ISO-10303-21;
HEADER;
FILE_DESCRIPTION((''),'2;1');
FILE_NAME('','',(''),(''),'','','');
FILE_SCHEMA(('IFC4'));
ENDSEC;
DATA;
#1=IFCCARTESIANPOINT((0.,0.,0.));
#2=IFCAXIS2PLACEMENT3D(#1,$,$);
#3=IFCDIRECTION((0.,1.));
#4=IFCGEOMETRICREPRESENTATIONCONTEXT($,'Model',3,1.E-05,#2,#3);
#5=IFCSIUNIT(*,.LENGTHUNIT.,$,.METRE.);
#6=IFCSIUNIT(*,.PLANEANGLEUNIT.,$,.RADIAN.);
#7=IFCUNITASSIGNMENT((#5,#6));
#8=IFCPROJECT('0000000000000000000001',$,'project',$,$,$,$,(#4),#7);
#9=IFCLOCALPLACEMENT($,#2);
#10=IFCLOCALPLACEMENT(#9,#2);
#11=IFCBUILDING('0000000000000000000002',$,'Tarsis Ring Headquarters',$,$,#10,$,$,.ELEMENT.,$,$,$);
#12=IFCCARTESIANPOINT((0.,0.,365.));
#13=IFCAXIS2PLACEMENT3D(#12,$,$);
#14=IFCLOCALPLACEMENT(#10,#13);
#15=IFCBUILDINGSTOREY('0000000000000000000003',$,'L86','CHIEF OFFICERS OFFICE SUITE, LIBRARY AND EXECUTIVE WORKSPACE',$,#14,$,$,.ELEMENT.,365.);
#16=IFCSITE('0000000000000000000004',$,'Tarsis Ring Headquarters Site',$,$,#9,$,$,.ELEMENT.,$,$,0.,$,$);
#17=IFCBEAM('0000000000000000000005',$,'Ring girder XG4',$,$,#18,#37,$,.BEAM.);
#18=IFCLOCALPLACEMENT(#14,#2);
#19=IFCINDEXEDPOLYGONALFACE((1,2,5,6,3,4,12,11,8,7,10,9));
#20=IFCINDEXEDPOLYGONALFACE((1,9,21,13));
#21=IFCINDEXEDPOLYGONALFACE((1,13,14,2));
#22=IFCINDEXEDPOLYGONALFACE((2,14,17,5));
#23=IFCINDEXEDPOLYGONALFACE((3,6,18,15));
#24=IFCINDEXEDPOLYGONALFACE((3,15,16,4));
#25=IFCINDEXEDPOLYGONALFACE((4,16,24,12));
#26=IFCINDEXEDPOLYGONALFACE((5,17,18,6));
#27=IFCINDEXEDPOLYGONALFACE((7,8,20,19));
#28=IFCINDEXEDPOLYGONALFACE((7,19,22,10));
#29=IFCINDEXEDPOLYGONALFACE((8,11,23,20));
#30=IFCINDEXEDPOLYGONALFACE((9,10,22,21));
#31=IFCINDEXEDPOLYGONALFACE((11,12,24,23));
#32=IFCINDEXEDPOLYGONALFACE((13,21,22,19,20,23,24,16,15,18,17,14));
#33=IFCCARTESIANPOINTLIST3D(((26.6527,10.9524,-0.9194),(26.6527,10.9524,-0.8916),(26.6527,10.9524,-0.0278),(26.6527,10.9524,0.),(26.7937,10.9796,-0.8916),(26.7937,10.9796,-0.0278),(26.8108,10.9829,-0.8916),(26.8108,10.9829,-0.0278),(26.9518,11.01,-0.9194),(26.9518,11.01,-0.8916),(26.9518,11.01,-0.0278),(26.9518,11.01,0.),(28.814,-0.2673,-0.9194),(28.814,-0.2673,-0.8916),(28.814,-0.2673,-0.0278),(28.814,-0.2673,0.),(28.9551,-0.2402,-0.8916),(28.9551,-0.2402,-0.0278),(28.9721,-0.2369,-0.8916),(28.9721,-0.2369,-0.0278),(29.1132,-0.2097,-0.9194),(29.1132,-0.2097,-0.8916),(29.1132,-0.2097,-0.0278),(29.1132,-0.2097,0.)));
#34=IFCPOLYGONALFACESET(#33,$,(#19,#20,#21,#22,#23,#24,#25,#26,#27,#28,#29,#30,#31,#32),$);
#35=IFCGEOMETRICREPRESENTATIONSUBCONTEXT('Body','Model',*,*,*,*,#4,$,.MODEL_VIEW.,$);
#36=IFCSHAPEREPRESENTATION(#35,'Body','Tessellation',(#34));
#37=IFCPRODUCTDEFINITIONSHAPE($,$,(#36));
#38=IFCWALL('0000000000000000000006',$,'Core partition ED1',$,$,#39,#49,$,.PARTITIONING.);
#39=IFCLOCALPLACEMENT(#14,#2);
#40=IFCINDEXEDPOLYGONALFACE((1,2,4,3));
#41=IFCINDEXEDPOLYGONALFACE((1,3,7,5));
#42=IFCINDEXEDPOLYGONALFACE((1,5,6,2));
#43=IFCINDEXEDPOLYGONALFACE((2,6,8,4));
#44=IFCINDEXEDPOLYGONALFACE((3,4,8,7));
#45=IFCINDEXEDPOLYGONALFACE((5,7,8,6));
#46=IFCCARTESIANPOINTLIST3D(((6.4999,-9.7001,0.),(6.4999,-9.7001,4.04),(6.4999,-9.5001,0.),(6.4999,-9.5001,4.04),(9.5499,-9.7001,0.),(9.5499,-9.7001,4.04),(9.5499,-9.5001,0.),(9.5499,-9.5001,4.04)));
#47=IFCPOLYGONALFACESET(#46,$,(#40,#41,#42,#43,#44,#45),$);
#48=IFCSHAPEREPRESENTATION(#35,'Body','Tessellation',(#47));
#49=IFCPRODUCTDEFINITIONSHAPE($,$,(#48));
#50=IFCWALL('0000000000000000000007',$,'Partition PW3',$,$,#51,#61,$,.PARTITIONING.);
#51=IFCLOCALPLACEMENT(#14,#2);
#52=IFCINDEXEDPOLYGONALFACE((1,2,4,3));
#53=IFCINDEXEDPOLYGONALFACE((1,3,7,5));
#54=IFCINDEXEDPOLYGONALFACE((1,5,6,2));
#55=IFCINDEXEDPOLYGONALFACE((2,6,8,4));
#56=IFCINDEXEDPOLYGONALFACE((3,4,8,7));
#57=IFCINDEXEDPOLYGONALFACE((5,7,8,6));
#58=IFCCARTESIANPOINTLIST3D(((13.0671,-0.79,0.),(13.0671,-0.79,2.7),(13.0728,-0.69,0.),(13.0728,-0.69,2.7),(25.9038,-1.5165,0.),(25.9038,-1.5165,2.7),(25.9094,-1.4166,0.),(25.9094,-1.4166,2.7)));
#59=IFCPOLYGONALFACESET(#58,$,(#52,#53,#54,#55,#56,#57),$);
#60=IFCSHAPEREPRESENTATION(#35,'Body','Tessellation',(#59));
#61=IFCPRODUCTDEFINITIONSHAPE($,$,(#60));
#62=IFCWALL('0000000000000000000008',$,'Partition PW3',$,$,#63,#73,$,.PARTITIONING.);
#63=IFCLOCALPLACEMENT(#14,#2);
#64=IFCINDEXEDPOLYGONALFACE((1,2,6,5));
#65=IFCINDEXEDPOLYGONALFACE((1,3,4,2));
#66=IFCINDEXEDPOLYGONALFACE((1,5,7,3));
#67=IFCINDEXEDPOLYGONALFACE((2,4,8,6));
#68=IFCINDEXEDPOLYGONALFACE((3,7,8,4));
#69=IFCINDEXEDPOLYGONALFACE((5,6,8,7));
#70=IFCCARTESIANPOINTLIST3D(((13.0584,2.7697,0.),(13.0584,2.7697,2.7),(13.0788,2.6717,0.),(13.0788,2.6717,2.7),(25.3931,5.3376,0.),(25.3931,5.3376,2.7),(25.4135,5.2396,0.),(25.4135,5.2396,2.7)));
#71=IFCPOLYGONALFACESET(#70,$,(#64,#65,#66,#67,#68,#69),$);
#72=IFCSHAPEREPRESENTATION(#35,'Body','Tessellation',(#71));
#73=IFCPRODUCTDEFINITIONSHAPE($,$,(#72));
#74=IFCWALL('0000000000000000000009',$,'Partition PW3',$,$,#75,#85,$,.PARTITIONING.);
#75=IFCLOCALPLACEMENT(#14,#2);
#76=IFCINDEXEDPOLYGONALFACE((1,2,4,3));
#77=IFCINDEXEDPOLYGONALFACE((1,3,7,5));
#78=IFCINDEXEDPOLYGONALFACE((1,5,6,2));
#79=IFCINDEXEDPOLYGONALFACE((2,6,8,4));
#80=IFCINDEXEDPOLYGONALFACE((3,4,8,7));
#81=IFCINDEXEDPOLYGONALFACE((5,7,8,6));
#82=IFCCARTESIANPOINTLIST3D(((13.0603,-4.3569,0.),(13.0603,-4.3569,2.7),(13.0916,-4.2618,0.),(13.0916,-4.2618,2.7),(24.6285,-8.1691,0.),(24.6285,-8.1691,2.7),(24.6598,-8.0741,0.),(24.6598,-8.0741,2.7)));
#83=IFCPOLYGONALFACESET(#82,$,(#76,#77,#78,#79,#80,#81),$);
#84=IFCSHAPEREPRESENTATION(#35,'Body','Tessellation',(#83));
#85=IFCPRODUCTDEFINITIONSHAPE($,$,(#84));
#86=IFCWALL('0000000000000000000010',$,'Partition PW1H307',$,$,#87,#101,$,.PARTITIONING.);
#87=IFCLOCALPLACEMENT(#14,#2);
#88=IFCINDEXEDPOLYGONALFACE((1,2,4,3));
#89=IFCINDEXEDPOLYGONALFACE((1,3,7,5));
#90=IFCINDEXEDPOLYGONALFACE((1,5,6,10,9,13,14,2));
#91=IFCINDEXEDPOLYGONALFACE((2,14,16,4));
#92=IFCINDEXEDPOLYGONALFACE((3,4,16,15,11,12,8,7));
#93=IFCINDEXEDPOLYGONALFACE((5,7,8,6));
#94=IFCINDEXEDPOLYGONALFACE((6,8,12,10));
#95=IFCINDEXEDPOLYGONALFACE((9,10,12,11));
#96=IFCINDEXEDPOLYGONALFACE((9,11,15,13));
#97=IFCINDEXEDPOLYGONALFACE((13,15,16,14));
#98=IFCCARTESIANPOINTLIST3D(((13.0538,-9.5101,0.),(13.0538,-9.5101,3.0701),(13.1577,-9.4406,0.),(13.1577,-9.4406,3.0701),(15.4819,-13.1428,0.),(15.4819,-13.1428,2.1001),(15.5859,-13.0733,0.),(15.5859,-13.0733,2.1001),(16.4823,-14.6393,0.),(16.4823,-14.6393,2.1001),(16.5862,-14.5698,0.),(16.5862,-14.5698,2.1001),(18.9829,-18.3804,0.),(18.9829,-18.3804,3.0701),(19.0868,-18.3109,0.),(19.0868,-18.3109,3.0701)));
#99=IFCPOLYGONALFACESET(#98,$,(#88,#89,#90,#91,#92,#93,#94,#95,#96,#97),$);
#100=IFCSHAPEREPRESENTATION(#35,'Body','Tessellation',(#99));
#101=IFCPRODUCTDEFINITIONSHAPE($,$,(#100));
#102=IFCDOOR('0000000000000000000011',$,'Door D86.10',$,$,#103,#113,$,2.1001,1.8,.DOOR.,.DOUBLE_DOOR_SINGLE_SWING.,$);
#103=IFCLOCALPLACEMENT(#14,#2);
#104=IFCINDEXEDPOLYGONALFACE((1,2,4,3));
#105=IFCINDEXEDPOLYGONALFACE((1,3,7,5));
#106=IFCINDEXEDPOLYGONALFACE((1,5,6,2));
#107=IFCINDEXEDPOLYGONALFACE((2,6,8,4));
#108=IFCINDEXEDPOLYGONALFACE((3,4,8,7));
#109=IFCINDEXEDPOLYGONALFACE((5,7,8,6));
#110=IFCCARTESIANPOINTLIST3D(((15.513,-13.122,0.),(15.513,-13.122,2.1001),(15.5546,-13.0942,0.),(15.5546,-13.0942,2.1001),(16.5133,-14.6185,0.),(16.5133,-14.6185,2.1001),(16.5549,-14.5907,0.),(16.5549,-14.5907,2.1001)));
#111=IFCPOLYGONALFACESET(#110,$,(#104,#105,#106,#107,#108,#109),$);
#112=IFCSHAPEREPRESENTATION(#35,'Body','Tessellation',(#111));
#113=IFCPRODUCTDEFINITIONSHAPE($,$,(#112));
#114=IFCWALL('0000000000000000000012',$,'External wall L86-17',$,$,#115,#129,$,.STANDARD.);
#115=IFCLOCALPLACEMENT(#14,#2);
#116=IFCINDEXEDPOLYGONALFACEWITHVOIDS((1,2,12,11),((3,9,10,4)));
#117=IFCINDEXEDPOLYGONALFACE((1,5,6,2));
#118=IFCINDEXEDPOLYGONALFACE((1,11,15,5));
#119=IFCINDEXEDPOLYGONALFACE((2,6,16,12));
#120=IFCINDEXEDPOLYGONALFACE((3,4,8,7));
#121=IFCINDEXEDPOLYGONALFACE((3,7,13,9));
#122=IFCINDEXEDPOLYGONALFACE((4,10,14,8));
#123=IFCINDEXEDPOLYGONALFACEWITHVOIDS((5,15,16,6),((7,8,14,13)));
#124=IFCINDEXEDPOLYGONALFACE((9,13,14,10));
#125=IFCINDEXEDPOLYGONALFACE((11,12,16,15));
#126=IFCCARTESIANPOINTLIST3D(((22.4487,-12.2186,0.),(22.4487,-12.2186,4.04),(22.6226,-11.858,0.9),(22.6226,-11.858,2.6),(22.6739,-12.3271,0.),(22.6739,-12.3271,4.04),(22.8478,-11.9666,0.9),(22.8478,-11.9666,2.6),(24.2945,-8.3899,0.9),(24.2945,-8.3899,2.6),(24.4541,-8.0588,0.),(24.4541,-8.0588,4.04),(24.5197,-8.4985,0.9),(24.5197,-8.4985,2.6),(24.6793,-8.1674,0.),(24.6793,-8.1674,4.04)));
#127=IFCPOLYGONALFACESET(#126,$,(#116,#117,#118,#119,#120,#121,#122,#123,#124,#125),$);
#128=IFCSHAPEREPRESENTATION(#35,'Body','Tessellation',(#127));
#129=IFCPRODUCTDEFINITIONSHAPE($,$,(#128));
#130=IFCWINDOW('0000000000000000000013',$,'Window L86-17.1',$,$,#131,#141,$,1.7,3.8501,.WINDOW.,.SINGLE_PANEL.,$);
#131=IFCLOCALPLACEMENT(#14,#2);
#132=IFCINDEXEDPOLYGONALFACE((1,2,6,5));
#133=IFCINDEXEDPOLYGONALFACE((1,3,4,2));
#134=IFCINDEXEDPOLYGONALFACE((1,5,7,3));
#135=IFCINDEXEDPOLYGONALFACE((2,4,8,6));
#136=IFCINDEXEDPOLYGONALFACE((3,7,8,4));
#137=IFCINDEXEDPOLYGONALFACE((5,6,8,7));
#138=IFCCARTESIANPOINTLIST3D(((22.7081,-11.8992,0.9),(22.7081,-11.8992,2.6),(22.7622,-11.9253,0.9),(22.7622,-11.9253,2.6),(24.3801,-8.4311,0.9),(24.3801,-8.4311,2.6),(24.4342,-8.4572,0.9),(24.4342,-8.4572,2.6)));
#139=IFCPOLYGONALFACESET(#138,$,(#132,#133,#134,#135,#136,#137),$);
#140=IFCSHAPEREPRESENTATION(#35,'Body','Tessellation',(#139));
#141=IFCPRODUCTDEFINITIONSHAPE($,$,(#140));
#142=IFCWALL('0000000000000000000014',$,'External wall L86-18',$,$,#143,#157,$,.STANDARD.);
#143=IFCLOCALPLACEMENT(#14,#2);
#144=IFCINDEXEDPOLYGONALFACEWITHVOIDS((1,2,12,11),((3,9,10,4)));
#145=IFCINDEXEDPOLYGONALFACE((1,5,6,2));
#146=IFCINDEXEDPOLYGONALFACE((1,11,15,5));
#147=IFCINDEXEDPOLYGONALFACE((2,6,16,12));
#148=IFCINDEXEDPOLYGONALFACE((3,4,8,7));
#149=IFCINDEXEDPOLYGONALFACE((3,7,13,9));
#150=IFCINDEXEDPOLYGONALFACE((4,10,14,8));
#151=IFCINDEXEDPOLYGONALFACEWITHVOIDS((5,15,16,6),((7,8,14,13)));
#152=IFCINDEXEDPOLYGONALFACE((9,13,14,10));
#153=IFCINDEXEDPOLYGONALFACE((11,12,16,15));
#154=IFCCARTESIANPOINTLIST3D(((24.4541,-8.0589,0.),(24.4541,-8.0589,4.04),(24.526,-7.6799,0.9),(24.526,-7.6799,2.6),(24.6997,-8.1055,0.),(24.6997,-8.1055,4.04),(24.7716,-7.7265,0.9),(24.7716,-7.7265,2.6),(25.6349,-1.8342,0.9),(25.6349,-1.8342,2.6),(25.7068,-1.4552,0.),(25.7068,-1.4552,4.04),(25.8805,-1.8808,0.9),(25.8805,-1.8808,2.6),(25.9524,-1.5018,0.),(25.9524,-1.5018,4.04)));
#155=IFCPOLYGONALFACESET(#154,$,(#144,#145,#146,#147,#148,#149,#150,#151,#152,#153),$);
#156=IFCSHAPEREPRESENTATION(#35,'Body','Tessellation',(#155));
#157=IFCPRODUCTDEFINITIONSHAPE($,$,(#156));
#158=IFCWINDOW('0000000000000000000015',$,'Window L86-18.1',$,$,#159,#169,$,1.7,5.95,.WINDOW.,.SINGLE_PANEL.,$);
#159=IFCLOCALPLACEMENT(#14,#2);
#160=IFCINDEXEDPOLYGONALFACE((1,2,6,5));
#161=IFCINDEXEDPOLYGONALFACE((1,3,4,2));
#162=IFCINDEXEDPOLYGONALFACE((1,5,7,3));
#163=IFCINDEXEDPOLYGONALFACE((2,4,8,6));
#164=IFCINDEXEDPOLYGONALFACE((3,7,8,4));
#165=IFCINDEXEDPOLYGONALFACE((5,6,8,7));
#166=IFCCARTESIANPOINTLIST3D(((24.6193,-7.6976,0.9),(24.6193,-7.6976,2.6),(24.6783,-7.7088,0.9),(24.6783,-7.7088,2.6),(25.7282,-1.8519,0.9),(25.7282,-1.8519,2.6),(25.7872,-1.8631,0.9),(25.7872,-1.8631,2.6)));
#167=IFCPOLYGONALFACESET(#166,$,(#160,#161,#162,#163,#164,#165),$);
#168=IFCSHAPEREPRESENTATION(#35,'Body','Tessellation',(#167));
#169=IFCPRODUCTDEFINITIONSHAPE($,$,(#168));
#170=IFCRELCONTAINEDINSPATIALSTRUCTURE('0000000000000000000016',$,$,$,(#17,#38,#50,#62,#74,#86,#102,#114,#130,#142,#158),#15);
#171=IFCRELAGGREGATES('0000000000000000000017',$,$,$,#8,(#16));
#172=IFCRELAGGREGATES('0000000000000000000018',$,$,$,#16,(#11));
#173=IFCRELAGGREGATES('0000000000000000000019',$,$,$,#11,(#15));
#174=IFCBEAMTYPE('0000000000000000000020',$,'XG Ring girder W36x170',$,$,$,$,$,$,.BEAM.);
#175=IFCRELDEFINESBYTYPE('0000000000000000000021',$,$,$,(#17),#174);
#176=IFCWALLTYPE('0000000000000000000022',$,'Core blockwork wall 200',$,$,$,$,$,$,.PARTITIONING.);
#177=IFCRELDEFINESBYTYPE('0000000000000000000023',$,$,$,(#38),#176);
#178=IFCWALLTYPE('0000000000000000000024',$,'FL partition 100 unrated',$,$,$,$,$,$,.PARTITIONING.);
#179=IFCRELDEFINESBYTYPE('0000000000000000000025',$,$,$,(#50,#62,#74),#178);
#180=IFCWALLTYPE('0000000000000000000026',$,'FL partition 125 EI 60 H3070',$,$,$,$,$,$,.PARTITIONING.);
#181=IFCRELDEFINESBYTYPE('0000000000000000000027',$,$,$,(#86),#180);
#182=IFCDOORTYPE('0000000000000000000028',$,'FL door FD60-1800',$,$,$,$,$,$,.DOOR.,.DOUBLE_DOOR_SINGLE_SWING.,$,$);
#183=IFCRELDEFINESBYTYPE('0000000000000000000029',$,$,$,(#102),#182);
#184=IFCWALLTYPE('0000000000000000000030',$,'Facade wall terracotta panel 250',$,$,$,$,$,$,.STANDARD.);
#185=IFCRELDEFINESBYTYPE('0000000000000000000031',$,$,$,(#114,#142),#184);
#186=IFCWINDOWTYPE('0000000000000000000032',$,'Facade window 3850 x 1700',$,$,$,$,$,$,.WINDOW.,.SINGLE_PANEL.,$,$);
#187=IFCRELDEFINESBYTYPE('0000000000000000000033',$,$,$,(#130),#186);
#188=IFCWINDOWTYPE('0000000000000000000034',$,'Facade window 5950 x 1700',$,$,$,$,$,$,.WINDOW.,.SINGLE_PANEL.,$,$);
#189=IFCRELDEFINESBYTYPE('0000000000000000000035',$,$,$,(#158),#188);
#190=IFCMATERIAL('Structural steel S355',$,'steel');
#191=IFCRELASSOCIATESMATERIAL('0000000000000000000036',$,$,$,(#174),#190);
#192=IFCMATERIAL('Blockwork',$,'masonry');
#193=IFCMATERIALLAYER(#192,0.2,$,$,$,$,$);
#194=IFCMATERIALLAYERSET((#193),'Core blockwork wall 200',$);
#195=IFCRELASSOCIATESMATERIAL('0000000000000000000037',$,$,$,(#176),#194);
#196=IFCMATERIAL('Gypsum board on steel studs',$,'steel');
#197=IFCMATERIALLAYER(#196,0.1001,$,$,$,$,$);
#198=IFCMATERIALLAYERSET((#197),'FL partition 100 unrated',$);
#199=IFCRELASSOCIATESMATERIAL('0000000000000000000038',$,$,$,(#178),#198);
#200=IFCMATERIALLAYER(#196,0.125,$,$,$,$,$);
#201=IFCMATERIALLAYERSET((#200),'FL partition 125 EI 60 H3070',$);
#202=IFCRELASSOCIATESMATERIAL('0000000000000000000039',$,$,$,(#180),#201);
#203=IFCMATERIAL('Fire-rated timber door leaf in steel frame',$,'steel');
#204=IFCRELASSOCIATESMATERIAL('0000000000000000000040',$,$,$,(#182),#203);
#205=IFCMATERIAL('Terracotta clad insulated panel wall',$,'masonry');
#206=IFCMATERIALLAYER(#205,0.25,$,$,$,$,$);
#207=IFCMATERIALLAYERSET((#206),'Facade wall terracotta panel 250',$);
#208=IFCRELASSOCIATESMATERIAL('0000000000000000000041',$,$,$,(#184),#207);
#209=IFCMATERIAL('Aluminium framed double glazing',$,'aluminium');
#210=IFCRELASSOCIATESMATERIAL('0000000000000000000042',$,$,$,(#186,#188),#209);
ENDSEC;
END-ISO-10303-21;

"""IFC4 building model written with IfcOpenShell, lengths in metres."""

from ifc_helpers import new_model, si_unit, direction, frame, frame_2d, origin, origin_2d, place, context, subcontext, project, spatial, rectangle, i_section, extrude, material, layer, layer_set, material_profile, profile_set, type_object, element, fill, save


model = new_model("IFC4")

# Units and contexts
model_context = context("Model", 3, precision=1e-05, world=origin(), true_north=direction((0.0, 1.0)))
body_context = subcontext(model_context, "Body", "Model", "MODEL_VIEW")
ifc_project = project(units=[si_unit("LENGTHUNIT", "METRE"), si_unit("PLANEANGLEUNIT", "RADIAN")], contexts=[model_context])

# Site, building, storey
site_placement = place(None, origin())
site = spatial("IfcSite", under=ifc_project, at=site_placement, Name="Tarsis Ring Headquarters Site", CompositionType="ELEMENT", RefElevation=0.0)
building_placement = place(site_placement, origin())
building = spatial("IfcBuilding", under=site, at=building_placement, Name="Tarsis Ring Headquarters", CompositionType="ELEMENT")
storey_placement = place(building_placement, frame((0.0, 0.0, 365.0)))
storey = spatial("IfcBuildingStorey", under=building, at=storey_placement, Name="L86", Description="CHIEF OFFICERS OFFICE SUITE, LIBRARY AND EXECUTIVE WORKSPACE", CompositionType="ELEMENT", Elevation=365.0)

# Shared definitions
ifc_material_1 = material(Name="Structural steel S355", Category="steel")

# Beam
ifc_material_profile_1 = material_profile(ifc_material_1, i_section(OverallWidth=0.3047, OverallDepth=0.9194, WebThickness=0.0173, FlangeThickness=0.0278, at=origin_2d()), Name="W36x170")
ifc_profile_set_1 = profile_set([ifc_material_profile_1], Name="Structural steel S355")
beam_type_1 = type_object("IfcBeamType", Name="XG Ring girder W36x170", PredefinedType="BEAM", material=ifc_profile_set_1)
for number, where, z_axis, x_axis, name in (
    (1, (28.9636, -0.2385, -0.4597), (-0.189163, 0.981946, 0.0), (-0.981946, -0.189163, 0.0), "Ring girder XG4"),
):
    element("IfcBeam", number, at=place(storey_placement, frame(where, z_axis=z_axis, x_axis=x_axis)), inside=storey, type_object=beam_type_1, Name=name, PredefinedType="BEAM", context=body_context, shape_type="SweptSolid", body=[
        extrude(i_section(OverallWidth=0.3047, OverallDepth=0.9194, WebThickness=0.0173, FlangeThickness=0.0278, at=origin_2d()), origin(), (0.0, 0.0, 1.0), 11.426),
    ])

# Walls
ifc_material_2 = material(Name="Blockwork", Category="masonry")
ifc_layer_1 = layer(ifc_material_2, 0.2)
ifc_layer_set_1 = layer_set([ifc_layer_1], Name="Core blockwork wall 200")
wall_type_1 = type_object("IfcWallType", Name="Core blockwork wall 200", PredefinedType="PARTITIONING", material=ifc_layer_set_1)
wall_1_placement = place(storey_placement, frame((6.5, -9.6001, 0.0), z_axis=(0.0, 0.0, 1.0), x_axis=(1.0, 0.0, 0.0)))
element("IfcWall", 2, at=wall_1_placement, inside=storey, type_object=wall_type_1, Name="Core partition ED1", PredefinedType="PARTITIONING", context=body_context, shape_type="SweptSolid", body=[
    extrude(rectangle(XDim=3.05, YDim=0.2, at=frame_2d((1.5249, 0.0))), origin(), (0.0, 0.0, 1.0), 4.04),
])
ifc_material_3 = material(Name="Gypsum board on steel studs", Category="steel")
ifc_layer_2 = layer(ifc_material_3, 0.1001)
ifc_layer_set_2 = layer_set([ifc_layer_2], Name="FL partition 100 unrated")
wall_type_2 = type_object("IfcWallType", Name="FL partition 100 unrated", PredefinedType="PARTITIONING", material=ifc_layer_set_2)
wall_2_placement = place(storey_placement, frame((13.0698, -0.74, 0.0), z_axis=(0.0, 0.0, 1.0), x_axis=(0.998402, -0.05651, 0.0)))
element("IfcWall", 3, at=wall_2_placement, inside=storey, type_object=wall_type_2, Name="Partition PW3", PredefinedType="PARTITIONING", context=body_context, shape_type="SweptSolid", body=[
    extrude(rectangle(XDim=12.8572, YDim=0.1001, at=frame_2d((6.4287, 0.0))), origin(), (0.0, 0.0, 1.0), 2.7),
])
wall_3_placement = place(storey_placement, frame((13.0686, 2.7207, 0.0), z_axis=(0.0, 0.0, 1.0), x_axis=(0.97901, 0.203813, 0.0)))
element("IfcWall", 4, at=wall_3_placement, inside=storey, type_object=wall_type_2, Name="Partition PW3", PredefinedType="PARTITIONING", context=body_context, shape_type="SweptSolid", body=[
    extrude(rectangle(XDim=12.5991, YDim=0.1001, at=frame_2d((6.2996, 0.0))), origin(), (0.0, 0.0, 1.0), 2.7),
])
wall_4_placement = place(storey_placement, frame((13.0759, -4.3093, 0.0), z_axis=(0.0, 0.0, 1.0), x_axis=(0.949756, -0.312991, 0.0)))
element("IfcWall", 5, at=wall_4_placement, inside=storey, type_object=wall_type_2, Name="Partition PW3", PredefinedType="PARTITIONING", context=body_context, shape_type="SweptSolid", body=[
    extrude(rectangle(XDim=12.1802, YDim=0.1001, at=frame_2d((6.0901, 0.0))), origin(), (0.0, 0.0, 1.0), 2.7),
])

# Wall, opening, door
ifc_layer_3 = layer(ifc_material_3, 0.125)
ifc_layer_set_3 = layer_set([ifc_layer_3], Name="FL partition 125 EI 60 H3070")
wall_type_3 = type_object("IfcWallType", Name="FL partition 125 EI 60 H3070", PredefinedType="PARTITIONING", material=ifc_layer_set_3)
wall_5_placement = place(storey_placement, frame((13.1057, -9.4753, 0.0), z_axis=(0.0, 0.0, 1.0), x_axis=(0.555714, -0.831374, 0.0)))
wall_5 = element("IfcWall", 6, at=wall_5_placement, inside=storey, type_object=wall_type_3, Name="Partition PW1H307", PredefinedType="PARTITIONING", context=body_context, shape_type="SweptSolid", body=[
    extrude(rectangle(XDim=10.6694, YDim=0.125, at=frame_2d((5.3347, 0.0))), origin(), (0.0, 0.0, 1.0), 3.0701),
])
opening_1_placement = place(wall_5_placement, frame((4.3696, 0.0, 0.0)))
opening_1 = element("IfcOpeningElement", 7, at=opening_1_placement, cuts=wall_5, PredefinedType="OPENING", context=body_context, shape_type="SweptSolid", body=[
    extrude(rectangle(XDim=1.8, YDim=2.1001, at=frame_2d((0.8999, 1.05))), frame((0.0, 0.0725, 0.0), z_axis=(0.0, -1.0, 0.0), x_axis=(1.0, 0.0, 0.0)), (0.0, 0.0, 1.0), 0.145),
])
ifc_material_4 = material(Name="Fire-rated timber door leaf in steel frame", Category="steel")
door_type = type_object("IfcDoorType", Name="FL door FD60-1800", OperationType="DOUBLE_DOOR_SINGLE_SWING", PredefinedType="DOOR", material=ifc_material_4)
door_placement = place(opening_1_placement, origin())
door = element("IfcDoor", 8, at=door_placement, inside=storey, type_object=door_type, Name="Door D86.10", OperationType="DOUBLE_DOOR_SINGLE_SWING", OverallHeight=2.1001, OverallWidth=1.8, PredefinedType="DOOR", context=body_context, shape_type="SweptSolid", body=[
    extrude(rectangle(XDim=1.8, YDim=2.1001, at=frame_2d((0.8999, 1.05))), frame((0.0, 0.0249, 0.0), z_axis=(0.0, -1.0, 0.0), x_axis=(1.0, 0.0, 0.0)), (0.0, 0.0, 1.0), 0.05),
])
fill(opening_1, door)

# Walls, openings, windows
ifc_material_5 = material(Name="Terracotta clad insulated panel wall", Category="masonry")
ifc_layer_4 = layer(ifc_material_5, 0.25)
ifc_layer_set_4 = layer_set([ifc_layer_4], Name="Facade wall terracotta panel 250")
wall_type_4 = type_object("IfcWallType", Name="Facade wall terracotta panel 250", PredefinedType="STANDARD", material=ifc_layer_set_4)
wall_6_placement = place(storey_placement, frame((22.5613, -12.2729, 0.0), z_axis=(0.0, 0.0, 1.0), x_axis=(0.434267, 0.900784, 0.0)))
wall_6 = element("IfcWall", 9, at=wall_6_placement, inside=storey, type_object=wall_type_4, Name="External wall L86-17", PredefinedType="STANDARD", context=body_context, shape_type="SweptSolid", body=[
    extrude(rectangle(XDim=4.6179, YDim=0.25, at=frame_2d((2.3091, 0.0))), origin(), (0.0, 0.0, 1.0), 4.04),
])
opening_2_placement = place(wall_6_placement, frame((0.4004, 0.0, 0.8999)))
opening_2 = element("IfcOpeningElement", 10, at=opening_2_placement, cuts=wall_6, PredefinedType="OPENING", context=body_context, shape_type="SweptSolid", body=[
    extrude(rectangle(XDim=3.8501, YDim=1.7, at=frame_2d((1.925, 0.8501))), frame((0.0, 0.135, 0.0), z_axis=(0.0, -1.0, 0.0), x_axis=(1.0, 0.0, 0.0)), (0.0, 0.0, 1.0), 0.27),
])
ifc_material_6 = material(Name="Aluminium framed double glazing", Category="aluminium")
window_type_1 = type_object("IfcWindowType", Name="Facade window 3850 x 1700", PartitioningType="SINGLE_PANEL", PredefinedType="WINDOW", material=ifc_material_6)
window_1_placement = place(opening_2_placement, origin())
window_1 = element("IfcWindow", 11, at=window_1_placement, inside=storey, type_object=window_type_1, Name="Window L86-17.1", OverallHeight=1.7, OverallWidth=3.8501, PartitioningType="SINGLE_PANEL", PredefinedType="WINDOW", context=body_context, shape_type="SweptSolid", body=[
    extrude(rectangle(XDim=3.8501, YDim=1.7, at=frame_2d((1.925, 0.8501))), frame((0.0, 0.03, 0.0), z_axis=(0.0, -1.0, 0.0), x_axis=(1.0, 0.0, 0.0)), (0.0, 0.0, 1.0), 0.0601),
])
fill(opening_2, window_1)
wall_7_placement = place(storey_placement, frame((24.5769, -8.0823, 0.0), z_axis=(0.0, 0.0, 1.0), x_axis=(0.186369, 0.98248, 0.0)))
wall_7 = element("IfcWall", 12, at=wall_7_placement, inside=storey, type_object=wall_type_4, Name="External wall L86-18", PredefinedType="STANDARD", context=body_context, shape_type="SweptSolid", body=[
    extrude(rectangle(XDim=6.7214, YDim=0.25, at=frame_2d((3.3608, 0.0))), origin(), (0.0, 0.0, 1.0), 4.04),
])
opening_3_placement = place(wall_7_placement, frame((0.3857, 0.0, 0.8999)))
opening_3 = element("IfcOpeningElement", 13, at=opening_3_placement, cuts=wall_7, PredefinedType="OPENING", context=body_context, shape_type="SweptSolid", body=[
    extrude(rectangle(XDim=5.95, YDim=1.7, at=frame_2d((2.9751, 0.8501))), frame((0.0, 0.135, 0.0), z_axis=(0.0, -1.0, 0.0), x_axis=(1.0, 0.0, 0.0)), (0.0, 0.0, 1.0), 0.27),
])
window_type_2 = type_object("IfcWindowType", Name="Facade window 5950 x 1700", PartitioningType="SINGLE_PANEL", PredefinedType="WINDOW", material=ifc_material_6)
window_2_placement = place(opening_3_placement, origin())
window_2 = element("IfcWindow", 14, at=window_2_placement, inside=storey, type_object=window_type_2, Name="Window L86-18.1", OverallHeight=1.7, OverallWidth=5.95, PartitioningType="SINGLE_PANEL", PredefinedType="WINDOW", context=body_context, shape_type="SweptSolid", body=[
    extrude(rectangle(XDim=5.95, YDim=1.7, at=frame_2d((2.9751, 0.8501))), frame((0.0, 0.03, 0.0), z_axis=(0.0, -1.0, 0.0), x_axis=(1.0, 0.0, 0.0)), (0.0, 0.0, 1.0), 0.0601),
])
fill(opening_3, window_2)

save(model, "model.ifc")
